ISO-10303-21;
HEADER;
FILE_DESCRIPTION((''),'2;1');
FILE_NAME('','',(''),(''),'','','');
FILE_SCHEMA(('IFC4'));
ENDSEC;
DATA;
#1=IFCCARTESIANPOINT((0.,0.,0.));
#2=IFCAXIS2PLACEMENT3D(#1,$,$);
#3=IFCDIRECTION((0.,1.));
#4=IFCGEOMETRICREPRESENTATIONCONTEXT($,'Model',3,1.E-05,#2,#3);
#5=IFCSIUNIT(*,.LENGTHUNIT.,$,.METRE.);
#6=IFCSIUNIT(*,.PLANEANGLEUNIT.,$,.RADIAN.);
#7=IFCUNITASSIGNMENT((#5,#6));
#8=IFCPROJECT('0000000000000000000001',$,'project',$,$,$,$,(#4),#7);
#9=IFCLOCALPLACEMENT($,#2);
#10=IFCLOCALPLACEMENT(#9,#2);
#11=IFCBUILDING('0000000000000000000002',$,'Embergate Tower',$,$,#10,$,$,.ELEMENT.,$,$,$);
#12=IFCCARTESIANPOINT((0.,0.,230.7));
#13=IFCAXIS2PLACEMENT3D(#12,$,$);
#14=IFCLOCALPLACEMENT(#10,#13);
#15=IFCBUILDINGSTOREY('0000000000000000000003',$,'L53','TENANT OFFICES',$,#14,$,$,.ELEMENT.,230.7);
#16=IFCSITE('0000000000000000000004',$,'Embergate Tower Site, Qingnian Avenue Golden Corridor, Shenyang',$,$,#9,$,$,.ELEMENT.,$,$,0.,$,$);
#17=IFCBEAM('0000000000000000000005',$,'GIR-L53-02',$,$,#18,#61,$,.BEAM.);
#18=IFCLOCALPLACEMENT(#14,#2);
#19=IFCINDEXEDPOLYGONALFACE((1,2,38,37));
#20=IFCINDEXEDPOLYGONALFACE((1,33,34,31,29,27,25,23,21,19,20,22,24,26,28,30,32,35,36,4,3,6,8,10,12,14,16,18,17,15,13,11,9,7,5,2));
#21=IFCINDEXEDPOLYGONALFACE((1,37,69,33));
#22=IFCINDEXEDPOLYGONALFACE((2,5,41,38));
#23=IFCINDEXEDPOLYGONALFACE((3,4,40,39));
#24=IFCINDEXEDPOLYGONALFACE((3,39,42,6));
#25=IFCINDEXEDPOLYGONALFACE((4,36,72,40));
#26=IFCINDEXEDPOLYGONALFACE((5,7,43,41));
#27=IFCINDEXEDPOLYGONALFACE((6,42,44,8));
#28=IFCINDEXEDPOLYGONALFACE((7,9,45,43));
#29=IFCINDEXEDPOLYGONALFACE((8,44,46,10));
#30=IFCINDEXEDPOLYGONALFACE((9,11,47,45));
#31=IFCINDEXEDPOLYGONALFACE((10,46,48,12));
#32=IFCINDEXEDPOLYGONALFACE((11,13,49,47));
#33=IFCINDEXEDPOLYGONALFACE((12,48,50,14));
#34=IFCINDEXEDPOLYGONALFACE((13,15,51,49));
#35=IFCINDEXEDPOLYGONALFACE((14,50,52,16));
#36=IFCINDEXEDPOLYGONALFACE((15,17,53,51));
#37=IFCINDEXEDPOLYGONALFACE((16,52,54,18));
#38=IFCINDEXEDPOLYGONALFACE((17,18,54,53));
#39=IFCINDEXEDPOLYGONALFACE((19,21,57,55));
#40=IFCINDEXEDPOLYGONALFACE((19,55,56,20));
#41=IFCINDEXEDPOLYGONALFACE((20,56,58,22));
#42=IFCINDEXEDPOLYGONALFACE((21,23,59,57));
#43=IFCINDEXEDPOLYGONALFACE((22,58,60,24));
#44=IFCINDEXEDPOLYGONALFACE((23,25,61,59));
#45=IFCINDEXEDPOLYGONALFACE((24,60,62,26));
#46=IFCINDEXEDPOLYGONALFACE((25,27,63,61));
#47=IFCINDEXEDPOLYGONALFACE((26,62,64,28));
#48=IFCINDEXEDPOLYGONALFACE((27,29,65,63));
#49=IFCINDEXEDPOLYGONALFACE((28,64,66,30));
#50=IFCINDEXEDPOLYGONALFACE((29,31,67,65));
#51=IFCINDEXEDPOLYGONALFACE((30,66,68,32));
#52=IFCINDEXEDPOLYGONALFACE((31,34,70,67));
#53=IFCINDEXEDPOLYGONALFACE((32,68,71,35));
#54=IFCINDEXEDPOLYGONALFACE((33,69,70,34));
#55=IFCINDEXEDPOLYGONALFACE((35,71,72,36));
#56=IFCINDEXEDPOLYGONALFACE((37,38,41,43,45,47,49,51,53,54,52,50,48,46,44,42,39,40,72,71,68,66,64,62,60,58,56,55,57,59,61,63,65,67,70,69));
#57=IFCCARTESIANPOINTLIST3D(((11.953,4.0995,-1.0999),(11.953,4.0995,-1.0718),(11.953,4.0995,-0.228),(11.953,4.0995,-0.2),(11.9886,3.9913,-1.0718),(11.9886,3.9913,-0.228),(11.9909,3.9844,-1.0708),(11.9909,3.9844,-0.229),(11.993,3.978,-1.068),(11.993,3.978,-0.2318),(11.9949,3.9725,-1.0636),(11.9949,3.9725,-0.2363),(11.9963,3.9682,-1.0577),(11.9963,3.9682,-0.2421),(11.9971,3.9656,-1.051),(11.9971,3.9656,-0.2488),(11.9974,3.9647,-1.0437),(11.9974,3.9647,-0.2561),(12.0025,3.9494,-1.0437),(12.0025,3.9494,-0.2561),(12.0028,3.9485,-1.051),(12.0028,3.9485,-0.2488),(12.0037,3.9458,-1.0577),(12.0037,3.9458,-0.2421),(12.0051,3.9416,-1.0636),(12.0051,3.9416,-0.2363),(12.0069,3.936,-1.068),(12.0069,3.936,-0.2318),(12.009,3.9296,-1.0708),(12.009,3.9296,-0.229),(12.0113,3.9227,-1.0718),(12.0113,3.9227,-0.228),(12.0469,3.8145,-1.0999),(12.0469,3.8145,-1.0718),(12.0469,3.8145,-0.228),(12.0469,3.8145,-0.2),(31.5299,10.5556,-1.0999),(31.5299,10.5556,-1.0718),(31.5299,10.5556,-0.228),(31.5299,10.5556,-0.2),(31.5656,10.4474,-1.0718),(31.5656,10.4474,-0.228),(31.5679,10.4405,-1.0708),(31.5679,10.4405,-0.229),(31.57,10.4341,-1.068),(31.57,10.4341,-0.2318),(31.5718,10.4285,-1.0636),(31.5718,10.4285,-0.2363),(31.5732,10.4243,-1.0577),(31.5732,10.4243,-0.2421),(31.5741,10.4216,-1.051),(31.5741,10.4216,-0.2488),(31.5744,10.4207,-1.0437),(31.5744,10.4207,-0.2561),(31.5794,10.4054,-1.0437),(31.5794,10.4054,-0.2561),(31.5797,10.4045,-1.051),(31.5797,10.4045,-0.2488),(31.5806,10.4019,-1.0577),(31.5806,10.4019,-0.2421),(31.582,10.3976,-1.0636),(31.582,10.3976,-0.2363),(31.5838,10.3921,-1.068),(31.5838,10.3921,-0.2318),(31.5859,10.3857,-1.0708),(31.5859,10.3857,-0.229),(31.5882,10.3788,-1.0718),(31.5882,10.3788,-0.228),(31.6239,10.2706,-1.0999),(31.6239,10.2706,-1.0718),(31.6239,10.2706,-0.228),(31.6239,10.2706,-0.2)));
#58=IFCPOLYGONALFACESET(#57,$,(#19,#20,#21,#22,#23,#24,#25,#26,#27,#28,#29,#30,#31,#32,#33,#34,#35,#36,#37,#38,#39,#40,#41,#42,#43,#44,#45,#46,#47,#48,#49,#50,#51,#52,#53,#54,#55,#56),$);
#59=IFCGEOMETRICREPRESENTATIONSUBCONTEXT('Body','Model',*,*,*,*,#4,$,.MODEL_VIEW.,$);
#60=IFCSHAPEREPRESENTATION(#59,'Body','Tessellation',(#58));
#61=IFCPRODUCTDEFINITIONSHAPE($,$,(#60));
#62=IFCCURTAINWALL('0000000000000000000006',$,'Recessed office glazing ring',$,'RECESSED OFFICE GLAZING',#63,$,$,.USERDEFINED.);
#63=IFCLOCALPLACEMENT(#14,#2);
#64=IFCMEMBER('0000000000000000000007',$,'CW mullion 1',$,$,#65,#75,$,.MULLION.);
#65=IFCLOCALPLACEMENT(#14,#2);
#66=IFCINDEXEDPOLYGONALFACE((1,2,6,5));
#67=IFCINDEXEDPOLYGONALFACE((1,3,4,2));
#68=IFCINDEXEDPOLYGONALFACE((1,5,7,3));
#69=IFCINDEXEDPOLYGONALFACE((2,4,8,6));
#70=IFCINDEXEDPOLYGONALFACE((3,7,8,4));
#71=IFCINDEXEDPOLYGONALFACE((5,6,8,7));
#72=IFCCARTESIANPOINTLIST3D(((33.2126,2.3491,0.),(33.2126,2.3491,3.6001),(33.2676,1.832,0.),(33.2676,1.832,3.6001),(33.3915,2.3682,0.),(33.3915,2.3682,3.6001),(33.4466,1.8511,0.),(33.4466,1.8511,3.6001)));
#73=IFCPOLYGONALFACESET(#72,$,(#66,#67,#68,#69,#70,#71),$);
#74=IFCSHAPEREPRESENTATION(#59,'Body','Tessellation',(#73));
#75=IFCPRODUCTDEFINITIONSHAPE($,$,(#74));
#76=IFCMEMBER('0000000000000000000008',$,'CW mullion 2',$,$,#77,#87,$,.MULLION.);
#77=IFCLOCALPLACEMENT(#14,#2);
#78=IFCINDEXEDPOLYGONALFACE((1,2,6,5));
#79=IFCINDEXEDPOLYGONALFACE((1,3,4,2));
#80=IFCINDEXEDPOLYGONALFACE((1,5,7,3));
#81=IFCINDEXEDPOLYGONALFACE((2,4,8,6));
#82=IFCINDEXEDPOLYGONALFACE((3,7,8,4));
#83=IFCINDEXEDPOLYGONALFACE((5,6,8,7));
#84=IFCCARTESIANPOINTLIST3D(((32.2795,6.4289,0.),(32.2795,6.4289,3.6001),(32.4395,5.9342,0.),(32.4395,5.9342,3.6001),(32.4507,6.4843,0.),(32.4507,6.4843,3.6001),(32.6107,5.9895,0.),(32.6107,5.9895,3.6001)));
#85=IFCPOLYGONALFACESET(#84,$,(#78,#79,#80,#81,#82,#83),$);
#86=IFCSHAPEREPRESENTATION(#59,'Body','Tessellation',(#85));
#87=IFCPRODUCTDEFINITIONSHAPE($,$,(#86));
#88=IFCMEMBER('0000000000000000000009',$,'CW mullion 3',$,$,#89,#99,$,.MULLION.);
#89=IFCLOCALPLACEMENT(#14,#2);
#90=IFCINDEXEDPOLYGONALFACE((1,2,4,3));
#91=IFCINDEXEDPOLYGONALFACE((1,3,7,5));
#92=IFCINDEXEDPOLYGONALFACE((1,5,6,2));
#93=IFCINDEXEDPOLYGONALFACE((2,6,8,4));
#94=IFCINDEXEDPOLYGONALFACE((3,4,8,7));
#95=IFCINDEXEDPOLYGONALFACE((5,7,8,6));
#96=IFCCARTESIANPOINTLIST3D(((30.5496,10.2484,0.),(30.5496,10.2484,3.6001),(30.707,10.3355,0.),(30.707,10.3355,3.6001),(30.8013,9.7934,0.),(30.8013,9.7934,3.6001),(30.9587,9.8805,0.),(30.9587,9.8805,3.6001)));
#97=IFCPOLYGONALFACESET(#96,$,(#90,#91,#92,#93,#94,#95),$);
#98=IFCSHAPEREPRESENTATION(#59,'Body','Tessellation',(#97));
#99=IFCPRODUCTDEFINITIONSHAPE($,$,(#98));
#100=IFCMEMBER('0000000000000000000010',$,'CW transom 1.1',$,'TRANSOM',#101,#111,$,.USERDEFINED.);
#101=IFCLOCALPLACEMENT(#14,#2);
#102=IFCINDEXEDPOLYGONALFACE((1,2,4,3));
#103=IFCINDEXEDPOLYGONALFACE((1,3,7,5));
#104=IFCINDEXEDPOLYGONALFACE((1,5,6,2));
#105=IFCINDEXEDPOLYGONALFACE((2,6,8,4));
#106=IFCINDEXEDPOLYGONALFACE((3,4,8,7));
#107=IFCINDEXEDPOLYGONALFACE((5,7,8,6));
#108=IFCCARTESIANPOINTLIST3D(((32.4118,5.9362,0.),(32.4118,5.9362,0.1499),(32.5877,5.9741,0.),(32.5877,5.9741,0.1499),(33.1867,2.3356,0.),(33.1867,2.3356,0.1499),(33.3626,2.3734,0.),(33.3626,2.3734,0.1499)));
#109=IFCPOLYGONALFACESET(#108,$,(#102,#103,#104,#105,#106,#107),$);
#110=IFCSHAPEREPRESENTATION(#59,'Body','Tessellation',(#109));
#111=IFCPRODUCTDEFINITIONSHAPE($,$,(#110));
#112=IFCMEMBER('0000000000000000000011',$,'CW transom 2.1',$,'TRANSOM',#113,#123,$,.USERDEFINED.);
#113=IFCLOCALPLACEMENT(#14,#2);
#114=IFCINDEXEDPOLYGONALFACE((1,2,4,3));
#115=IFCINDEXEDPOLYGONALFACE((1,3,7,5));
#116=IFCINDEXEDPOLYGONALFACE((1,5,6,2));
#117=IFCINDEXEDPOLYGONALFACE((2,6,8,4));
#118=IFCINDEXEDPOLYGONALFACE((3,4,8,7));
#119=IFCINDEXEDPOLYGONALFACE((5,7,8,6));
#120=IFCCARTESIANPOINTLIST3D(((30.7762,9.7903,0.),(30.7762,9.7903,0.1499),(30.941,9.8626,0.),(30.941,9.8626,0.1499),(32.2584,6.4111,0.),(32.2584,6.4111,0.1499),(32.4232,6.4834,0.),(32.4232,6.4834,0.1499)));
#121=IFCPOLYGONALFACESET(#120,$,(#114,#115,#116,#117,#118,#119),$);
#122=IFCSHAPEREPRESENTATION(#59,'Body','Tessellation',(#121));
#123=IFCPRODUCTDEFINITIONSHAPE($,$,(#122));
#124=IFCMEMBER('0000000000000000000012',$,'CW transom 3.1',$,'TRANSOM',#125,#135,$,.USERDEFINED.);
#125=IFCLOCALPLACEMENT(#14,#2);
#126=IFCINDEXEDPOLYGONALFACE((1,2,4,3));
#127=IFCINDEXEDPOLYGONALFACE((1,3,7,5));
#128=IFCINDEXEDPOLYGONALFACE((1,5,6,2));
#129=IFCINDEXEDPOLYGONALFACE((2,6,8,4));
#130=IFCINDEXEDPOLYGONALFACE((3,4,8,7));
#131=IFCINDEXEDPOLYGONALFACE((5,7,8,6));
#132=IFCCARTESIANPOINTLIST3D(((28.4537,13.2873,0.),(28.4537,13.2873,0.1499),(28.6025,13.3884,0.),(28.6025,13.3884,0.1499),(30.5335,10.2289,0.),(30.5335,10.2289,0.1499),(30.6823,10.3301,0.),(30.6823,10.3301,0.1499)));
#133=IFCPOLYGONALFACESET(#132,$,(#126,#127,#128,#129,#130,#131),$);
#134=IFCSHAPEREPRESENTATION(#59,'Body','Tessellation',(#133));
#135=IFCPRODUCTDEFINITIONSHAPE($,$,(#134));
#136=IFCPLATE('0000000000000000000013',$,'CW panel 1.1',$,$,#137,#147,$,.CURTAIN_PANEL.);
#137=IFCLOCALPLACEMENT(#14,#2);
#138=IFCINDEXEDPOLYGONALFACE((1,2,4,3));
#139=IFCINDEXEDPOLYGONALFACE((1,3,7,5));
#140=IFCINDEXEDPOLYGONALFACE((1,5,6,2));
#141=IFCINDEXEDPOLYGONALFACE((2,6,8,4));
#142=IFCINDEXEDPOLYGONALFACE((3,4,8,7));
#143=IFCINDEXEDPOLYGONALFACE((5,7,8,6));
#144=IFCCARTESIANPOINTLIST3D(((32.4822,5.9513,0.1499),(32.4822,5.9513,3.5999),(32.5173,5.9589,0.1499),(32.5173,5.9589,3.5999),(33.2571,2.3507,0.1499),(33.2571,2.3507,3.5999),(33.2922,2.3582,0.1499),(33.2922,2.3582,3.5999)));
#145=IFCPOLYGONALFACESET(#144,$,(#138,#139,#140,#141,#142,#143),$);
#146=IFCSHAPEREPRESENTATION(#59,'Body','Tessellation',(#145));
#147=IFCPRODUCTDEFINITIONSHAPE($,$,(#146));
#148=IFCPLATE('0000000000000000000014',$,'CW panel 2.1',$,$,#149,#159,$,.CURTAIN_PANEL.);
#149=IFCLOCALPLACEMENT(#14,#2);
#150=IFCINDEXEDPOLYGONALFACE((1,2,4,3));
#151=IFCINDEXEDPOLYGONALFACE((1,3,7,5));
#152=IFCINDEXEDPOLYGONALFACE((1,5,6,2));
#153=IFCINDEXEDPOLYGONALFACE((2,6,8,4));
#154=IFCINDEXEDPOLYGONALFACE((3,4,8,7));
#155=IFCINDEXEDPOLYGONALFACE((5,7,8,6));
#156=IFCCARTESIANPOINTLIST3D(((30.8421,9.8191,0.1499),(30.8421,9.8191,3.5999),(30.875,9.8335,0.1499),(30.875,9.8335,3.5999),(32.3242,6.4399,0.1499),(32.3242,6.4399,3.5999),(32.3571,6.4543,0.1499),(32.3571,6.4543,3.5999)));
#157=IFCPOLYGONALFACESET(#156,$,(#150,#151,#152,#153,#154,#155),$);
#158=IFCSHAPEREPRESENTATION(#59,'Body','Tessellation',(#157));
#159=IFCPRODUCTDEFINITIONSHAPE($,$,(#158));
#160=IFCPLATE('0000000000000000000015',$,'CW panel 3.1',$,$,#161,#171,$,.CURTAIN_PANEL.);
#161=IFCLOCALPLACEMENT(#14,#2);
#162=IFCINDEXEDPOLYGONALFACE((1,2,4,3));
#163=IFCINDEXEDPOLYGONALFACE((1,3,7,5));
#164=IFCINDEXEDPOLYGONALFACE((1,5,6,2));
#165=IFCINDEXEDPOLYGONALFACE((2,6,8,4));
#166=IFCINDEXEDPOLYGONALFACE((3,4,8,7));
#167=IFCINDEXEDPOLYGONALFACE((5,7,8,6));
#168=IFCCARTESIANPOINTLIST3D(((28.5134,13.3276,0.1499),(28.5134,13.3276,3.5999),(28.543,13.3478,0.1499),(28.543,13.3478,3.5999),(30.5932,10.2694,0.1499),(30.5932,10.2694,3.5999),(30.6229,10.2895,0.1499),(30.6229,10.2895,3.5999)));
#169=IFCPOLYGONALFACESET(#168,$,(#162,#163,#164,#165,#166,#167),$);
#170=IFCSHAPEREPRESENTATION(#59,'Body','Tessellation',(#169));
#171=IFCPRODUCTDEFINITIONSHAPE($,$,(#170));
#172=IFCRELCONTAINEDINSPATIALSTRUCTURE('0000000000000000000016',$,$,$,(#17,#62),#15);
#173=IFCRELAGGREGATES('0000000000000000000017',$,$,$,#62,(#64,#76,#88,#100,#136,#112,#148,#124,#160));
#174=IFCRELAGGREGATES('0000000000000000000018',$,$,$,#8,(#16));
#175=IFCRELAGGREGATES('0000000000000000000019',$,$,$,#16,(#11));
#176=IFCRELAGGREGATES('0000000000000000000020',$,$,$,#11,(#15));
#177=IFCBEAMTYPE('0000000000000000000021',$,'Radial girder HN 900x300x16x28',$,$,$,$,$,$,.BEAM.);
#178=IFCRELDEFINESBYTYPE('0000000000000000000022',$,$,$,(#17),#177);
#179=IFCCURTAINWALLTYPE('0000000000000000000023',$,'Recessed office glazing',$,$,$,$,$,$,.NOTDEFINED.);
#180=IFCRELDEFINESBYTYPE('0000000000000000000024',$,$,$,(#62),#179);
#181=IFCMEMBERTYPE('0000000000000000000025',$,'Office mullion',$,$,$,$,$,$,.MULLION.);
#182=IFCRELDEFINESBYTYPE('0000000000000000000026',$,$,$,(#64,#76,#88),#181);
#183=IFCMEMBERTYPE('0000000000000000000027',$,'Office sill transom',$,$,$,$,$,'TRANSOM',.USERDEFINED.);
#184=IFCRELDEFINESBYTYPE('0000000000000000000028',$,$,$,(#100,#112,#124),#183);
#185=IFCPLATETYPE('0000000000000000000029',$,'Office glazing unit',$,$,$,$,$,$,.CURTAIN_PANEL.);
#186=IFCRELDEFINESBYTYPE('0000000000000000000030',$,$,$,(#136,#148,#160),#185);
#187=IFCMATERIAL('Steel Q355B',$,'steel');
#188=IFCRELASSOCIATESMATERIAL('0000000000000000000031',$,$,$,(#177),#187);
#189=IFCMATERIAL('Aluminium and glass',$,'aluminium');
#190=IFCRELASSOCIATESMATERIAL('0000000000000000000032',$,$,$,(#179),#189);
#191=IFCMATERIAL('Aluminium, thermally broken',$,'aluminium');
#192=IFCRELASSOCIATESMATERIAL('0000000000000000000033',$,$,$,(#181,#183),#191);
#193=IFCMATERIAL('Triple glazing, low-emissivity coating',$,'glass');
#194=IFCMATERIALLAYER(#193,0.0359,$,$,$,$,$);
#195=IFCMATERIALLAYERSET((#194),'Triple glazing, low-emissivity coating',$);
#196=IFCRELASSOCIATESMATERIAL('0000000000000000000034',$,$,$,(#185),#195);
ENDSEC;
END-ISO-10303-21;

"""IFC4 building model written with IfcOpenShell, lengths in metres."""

from ifc_helpers import new_model, si_unit, direction, frame, origin, origin_2d, place, context, subcontext, project, spatial, rectangle, i_section, extrude, source, transform, mapped, material, layer, layer_set, material_profile, profile_set, type_object, element, aggregate, save


model = new_model("IFC4")

# Units and contexts
model_context = context("Model", 3, precision=1e-05, world=origin(), true_north=direction((0.0, 1.0)))
body_context = subcontext(model_context, "Body", "Model", "MODEL_VIEW")
ifc_project = project(units=[si_unit("LENGTHUNIT", "METRE"), si_unit("PLANEANGLEUNIT", "RADIAN")], contexts=[model_context])

# Site, building, storey
site_placement = place(None, origin())
site = spatial("IfcSite", under=ifc_project, at=site_placement, Name="Embergate Tower Site, Qingnian Avenue Golden Corridor, Shenyang", CompositionType="ELEMENT", RefElevation=0.0)
building_placement = place(site_placement, origin())
building = spatial("IfcBuilding", under=site, at=building_placement, Name="Embergate Tower", CompositionType="ELEMENT")
storey_placement = place(building_placement, frame((0.0, 0.0, 230.7)))
storey = spatial("IfcBuildingStorey", under=building, at=storey_placement, Name="L53", Description="TENANT OFFICES", CompositionType="ELEMENT", Elevation=230.7)

# Beam
ifc_material_1 = material(Name="Steel Q355B", Category="steel")
ifc_material_profile_1 = material_profile(ifc_material_1, i_section(OverallWidth=0.3, OverallDepth=0.8999, WebThickness=0.0161, FlangeThickness=0.0281, FilletRadius=0.0281, at=origin_2d()), Name="HN 900x300x16x28")
ifc_profile_set_1 = profile_set([ifc_material_profile_1], Name="Steel Q355 grade B")
beam_type_1 = type_object("IfcBeamType", Name="Radial girder HN 900x300x16x28", PredefinedType="BEAM", material=ifc_profile_set_1)
shared_shape_1 = source(origin(), body_context, "Body", "SweptSolid", [
    extrude(i_section(OverallWidth=0.3, OverallDepth=0.8999, WebThickness=0.0161, FlangeThickness=0.0281, FilletRadius=0.0281, at=origin_2d()), origin(), (0.0, 0.0, 1.0), 20.614),
])
beam_1_placement = place(storey_placement, frame((31.5769, 10.4131, -0.6499), z_axis=(-0.949691, -0.313188, 0.0), x_axis=(0.313188, -0.949691, 0.0)))
element("IfcBeam", 1, at=beam_1_placement, inside=storey, type_object=beam_type_1, Name="GIR-L53-02", PredefinedType="BEAM", context=body_context, shape_type="MappedRepresentation", body=[
    mapped(shared_shape_1, transform((0.0, 0.0, 0.0))),
])

# Curtain wall, members, plates
ifc_material_2 = material(Name="Aluminium and glass", Category="aluminium")
curtain_wall_type = type_object("IfcCurtainWallType", Name="Recessed office glazing", PredefinedType="NOTDEFINED", material=ifc_material_2)
curtain_wall_placement = place(storey_placement, origin())
curtain_wall = element("IfcCurtainWall", 2, at=curtain_wall_placement, inside=storey, type_object=curtain_wall_type, Name="Recessed office glazing ring", ObjectType="RECESSED OFFICE GLAZING", PredefinedType="USERDEFINED")
ifc_material_3 = material(Name="Aluminium, thermally broken", Category="aluminium")
ifc_material_profile_2 = material_profile(ifc_material_3, rectangle(XDim=0.1799, YDim=0.52, at=origin_2d()), Name="AL 520x180")
ifc_profile_set_2 = profile_set([ifc_material_profile_2], Name="Aluminium, thermally broken")
member_type_1 = type_object("IfcMemberType", Name="Office mullion", PredefinedType="MULLION", material=ifc_profile_set_2)
shared_shape_2 = source(origin(), body_context, "Body", "SweptSolid", [
    extrude(rectangle(XDim=0.1799, YDim=0.52, at=origin_2d()), origin(), (0.0, 0.0, 1.0), 3.6001),
])
member_1_placement = place(storey_placement, frame((33.3296, 2.1001, 0.0), z_axis=(0.0, 0.0, 1.0), x_axis=(-0.994384, -0.105828, 0.0)))
member_1 = element("IfcMember", 3, at=member_1_placement, type_object=member_type_1, Name="CW mullion 1", PredefinedType="MULLION", context=body_context, shape_type="MappedRepresentation", body=[
    mapped(shared_shape_2, transform((0.0, 0.0, 0.0))),
])
member_2_placement = place(storey_placement, frame((32.4451, 6.2092, 0.0), z_axis=(0.0, 0.0, 1.0), x_axis=(-0.951494, -0.307669, 0.0)))
member_2 = element("IfcMember", 4, at=member_2_placement, type_object=member_type_1, Name="CW mullion 2", PredefinedType="MULLION", context=body_context, shape_type="MappedRepresentation", body=[
    mapped(shared_shape_2, transform((0.0, 0.0, 0.0))),
])
member_3_placement = place(storey_placement, frame((30.7542, 10.0645, 0.0), z_axis=(0.0, 0.0, 1.0), x_axis=(-0.874993, -0.484135, 0.0)))
member_3 = element("IfcMember", 5, at=member_3_placement, type_object=member_type_1, Name="CW mullion 3", PredefinedType="MULLION", context=body_context, shape_type="MappedRepresentation", body=[
    mapped(shared_shape_2, transform((0.0, 0.0, 0.0))),
])
ifc_material_profile_3 = material_profile(ifc_material_3, rectangle(XDim=0.1799, YDim=0.1499, at=origin_2d()), Name="AL 150x180")
ifc_profile_set_3 = profile_set([ifc_material_profile_3], Name="Aluminium, thermally broken")
member_type_2 = type_object("IfcMemberType", Name="Office sill transom", ElementType="TRANSOM", PredefinedType="USERDEFINED", material=ifc_profile_set_3)
shared_shape_3 = source(origin(), body_context, "Body", "SweptSolid", [
    extrude(rectangle(XDim=0.1799, YDim=0.1499, at=origin_2d()), origin(), (0.0, 0.0, 1.0), 3.6831),
])
member_4_placement = place(storey_placement, frame((33.2747, 2.3545, 0.075), z_axis=(-0.210398, 0.977616, 0.0), x_axis=(-0.977616, -0.210398, 0.0)))
member_4 = element("IfcMember", 6, at=member_4_placement, type_object=member_type_2, Name="CW transom 1.1", ObjectType="TRANSOM", PredefinedType="USERDEFINED", context=body_context, shape_type="MappedRepresentation", body=[
    mapped(shared_shape_3, transform((0.0, 0.0, 0.0))),
])
shared_shape_4 = source(origin(), body_context, "Body", "SweptSolid", [
    extrude(rectangle(XDim=0.1799, YDim=0.1499, at=origin_2d()), origin(), (0.0, 0.0, 1.0), 3.6899),
])
member_5_placement = place(storey_placement, frame((32.3408, 6.4473, 0.075), z_axis=(-0.401683, 0.915779, 0.0), x_axis=(-0.915779, -0.401683, 0.0)))
member_5 = element("IfcMember", 7, at=member_5_placement, type_object=member_type_2, Name="CW transom 2.1", ObjectType="TRANSOM", PredefinedType="USERDEFINED", context=body_context, shape_type="MappedRepresentation", body=[
    mapped(shared_shape_4, transform((0.0, 0.0, 0.0))),
])
shared_shape_5 = source(origin(), body_context, "Body", "SweptSolid", [
    extrude(rectangle(XDim=0.1799, YDim=0.1499, at=origin_2d()), origin(), (0.0, 0.0, 1.0), 3.6985),
])
member_6_placement = place(storey_placement, frame((30.6079, 10.2795, 0.075), z_axis=(-0.562339, 0.826907, 0.0), x_axis=(-0.826907, -0.562339, 0.0)))
member_6 = element("IfcMember", 8, at=member_6_placement, type_object=member_type_2, Name="CW transom 3.1", ObjectType="TRANSOM", PredefinedType="USERDEFINED", context=body_context, shape_type="MappedRepresentation", body=[
    mapped(shared_shape_5, transform((0.0, 0.0, 0.0))),
])
ifc_material_4 = material(Name="Triple glazing, low-emissivity coating", Category="glass")
ifc_layer_1 = layer(ifc_material_4, 0.0359)
ifc_layer_set_1 = layer_set([ifc_layer_1], Name="Triple glazing, low-emissivity coating")
plate_type = type_object("IfcPlateType", Name="Office glazing unit", PredefinedType="CURTAIN_PANEL", material=ifc_layer_set_1)
shared_shape_6 = source(origin(), body_context, "Body", "SweptSolid", [
    extrude(rectangle(XDim=3.6831, YDim=0.0359, at=origin_2d()), origin(), (0.0, 0.0, 1.0), 3.45),
])
plate_1_placement = place(storey_placement, frame((32.8872, 4.1548, 0.1499), z_axis=(0.0, 0.0, 1.0), x_axis=(-0.210404, 0.977615, 0.0)))
plate_1 = element("IfcPlate", 9, at=plate_1_placement, type_object=plate_type, Name="CW panel 1.1", PredefinedType="CURTAIN_PANEL", context=body_context, shape_type="MappedRepresentation", body=[
    mapped(shared_shape_6, transform((0.0, 0.0, 0.0))),
])
shared_shape_7 = source(origin(), body_context, "Body", "SweptSolid", [
    extrude(rectangle(XDim=3.6899, YDim=0.0359, at=origin_2d()), origin(), (0.0, 0.0, 1.0), 3.45),
])
plate_2_placement = place(storey_placement, frame((31.5996, 8.1367, 0.1499), z_axis=(0.0, 0.0, 1.0), x_axis=(-0.401662, 0.915788, 0.0)))
plate_2 = element("IfcPlate", 10, at=plate_2_placement, type_object=plate_type, Name="CW panel 2.1", PredefinedType="CURTAIN_PANEL", context=body_context, shape_type="MappedRepresentation", body=[
    mapped(shared_shape_7, transform((0.0, 0.0, 0.0))),
])
shared_shape_8 = source(origin(), body_context, "Body", "SweptSolid", [
    extrude(rectangle(XDim=3.6985, YDim=0.0359, at=origin_2d()), origin(), (0.0, 0.0, 1.0), 3.45),
])
plate_3_placement = place(storey_placement, frame((29.5681, 11.8086, 0.1499), z_axis=(0.0, 0.0, 1.0), x_axis=(-0.562352, 0.826898, 0.0)))
plate_3 = element("IfcPlate", 11, at=plate_3_placement, type_object=plate_type, Name="CW panel 3.1", PredefinedType="CURTAIN_PANEL", context=body_context, shape_type="MappedRepresentation", body=[
    mapped(shared_shape_8, transform((0.0, 0.0, 0.0))),
])
aggregate(curtain_wall, [member_1, member_2, member_3, member_4, plate_1, member_5, plate_2, member_6, plate_3])

save(model, "model.ifc")
